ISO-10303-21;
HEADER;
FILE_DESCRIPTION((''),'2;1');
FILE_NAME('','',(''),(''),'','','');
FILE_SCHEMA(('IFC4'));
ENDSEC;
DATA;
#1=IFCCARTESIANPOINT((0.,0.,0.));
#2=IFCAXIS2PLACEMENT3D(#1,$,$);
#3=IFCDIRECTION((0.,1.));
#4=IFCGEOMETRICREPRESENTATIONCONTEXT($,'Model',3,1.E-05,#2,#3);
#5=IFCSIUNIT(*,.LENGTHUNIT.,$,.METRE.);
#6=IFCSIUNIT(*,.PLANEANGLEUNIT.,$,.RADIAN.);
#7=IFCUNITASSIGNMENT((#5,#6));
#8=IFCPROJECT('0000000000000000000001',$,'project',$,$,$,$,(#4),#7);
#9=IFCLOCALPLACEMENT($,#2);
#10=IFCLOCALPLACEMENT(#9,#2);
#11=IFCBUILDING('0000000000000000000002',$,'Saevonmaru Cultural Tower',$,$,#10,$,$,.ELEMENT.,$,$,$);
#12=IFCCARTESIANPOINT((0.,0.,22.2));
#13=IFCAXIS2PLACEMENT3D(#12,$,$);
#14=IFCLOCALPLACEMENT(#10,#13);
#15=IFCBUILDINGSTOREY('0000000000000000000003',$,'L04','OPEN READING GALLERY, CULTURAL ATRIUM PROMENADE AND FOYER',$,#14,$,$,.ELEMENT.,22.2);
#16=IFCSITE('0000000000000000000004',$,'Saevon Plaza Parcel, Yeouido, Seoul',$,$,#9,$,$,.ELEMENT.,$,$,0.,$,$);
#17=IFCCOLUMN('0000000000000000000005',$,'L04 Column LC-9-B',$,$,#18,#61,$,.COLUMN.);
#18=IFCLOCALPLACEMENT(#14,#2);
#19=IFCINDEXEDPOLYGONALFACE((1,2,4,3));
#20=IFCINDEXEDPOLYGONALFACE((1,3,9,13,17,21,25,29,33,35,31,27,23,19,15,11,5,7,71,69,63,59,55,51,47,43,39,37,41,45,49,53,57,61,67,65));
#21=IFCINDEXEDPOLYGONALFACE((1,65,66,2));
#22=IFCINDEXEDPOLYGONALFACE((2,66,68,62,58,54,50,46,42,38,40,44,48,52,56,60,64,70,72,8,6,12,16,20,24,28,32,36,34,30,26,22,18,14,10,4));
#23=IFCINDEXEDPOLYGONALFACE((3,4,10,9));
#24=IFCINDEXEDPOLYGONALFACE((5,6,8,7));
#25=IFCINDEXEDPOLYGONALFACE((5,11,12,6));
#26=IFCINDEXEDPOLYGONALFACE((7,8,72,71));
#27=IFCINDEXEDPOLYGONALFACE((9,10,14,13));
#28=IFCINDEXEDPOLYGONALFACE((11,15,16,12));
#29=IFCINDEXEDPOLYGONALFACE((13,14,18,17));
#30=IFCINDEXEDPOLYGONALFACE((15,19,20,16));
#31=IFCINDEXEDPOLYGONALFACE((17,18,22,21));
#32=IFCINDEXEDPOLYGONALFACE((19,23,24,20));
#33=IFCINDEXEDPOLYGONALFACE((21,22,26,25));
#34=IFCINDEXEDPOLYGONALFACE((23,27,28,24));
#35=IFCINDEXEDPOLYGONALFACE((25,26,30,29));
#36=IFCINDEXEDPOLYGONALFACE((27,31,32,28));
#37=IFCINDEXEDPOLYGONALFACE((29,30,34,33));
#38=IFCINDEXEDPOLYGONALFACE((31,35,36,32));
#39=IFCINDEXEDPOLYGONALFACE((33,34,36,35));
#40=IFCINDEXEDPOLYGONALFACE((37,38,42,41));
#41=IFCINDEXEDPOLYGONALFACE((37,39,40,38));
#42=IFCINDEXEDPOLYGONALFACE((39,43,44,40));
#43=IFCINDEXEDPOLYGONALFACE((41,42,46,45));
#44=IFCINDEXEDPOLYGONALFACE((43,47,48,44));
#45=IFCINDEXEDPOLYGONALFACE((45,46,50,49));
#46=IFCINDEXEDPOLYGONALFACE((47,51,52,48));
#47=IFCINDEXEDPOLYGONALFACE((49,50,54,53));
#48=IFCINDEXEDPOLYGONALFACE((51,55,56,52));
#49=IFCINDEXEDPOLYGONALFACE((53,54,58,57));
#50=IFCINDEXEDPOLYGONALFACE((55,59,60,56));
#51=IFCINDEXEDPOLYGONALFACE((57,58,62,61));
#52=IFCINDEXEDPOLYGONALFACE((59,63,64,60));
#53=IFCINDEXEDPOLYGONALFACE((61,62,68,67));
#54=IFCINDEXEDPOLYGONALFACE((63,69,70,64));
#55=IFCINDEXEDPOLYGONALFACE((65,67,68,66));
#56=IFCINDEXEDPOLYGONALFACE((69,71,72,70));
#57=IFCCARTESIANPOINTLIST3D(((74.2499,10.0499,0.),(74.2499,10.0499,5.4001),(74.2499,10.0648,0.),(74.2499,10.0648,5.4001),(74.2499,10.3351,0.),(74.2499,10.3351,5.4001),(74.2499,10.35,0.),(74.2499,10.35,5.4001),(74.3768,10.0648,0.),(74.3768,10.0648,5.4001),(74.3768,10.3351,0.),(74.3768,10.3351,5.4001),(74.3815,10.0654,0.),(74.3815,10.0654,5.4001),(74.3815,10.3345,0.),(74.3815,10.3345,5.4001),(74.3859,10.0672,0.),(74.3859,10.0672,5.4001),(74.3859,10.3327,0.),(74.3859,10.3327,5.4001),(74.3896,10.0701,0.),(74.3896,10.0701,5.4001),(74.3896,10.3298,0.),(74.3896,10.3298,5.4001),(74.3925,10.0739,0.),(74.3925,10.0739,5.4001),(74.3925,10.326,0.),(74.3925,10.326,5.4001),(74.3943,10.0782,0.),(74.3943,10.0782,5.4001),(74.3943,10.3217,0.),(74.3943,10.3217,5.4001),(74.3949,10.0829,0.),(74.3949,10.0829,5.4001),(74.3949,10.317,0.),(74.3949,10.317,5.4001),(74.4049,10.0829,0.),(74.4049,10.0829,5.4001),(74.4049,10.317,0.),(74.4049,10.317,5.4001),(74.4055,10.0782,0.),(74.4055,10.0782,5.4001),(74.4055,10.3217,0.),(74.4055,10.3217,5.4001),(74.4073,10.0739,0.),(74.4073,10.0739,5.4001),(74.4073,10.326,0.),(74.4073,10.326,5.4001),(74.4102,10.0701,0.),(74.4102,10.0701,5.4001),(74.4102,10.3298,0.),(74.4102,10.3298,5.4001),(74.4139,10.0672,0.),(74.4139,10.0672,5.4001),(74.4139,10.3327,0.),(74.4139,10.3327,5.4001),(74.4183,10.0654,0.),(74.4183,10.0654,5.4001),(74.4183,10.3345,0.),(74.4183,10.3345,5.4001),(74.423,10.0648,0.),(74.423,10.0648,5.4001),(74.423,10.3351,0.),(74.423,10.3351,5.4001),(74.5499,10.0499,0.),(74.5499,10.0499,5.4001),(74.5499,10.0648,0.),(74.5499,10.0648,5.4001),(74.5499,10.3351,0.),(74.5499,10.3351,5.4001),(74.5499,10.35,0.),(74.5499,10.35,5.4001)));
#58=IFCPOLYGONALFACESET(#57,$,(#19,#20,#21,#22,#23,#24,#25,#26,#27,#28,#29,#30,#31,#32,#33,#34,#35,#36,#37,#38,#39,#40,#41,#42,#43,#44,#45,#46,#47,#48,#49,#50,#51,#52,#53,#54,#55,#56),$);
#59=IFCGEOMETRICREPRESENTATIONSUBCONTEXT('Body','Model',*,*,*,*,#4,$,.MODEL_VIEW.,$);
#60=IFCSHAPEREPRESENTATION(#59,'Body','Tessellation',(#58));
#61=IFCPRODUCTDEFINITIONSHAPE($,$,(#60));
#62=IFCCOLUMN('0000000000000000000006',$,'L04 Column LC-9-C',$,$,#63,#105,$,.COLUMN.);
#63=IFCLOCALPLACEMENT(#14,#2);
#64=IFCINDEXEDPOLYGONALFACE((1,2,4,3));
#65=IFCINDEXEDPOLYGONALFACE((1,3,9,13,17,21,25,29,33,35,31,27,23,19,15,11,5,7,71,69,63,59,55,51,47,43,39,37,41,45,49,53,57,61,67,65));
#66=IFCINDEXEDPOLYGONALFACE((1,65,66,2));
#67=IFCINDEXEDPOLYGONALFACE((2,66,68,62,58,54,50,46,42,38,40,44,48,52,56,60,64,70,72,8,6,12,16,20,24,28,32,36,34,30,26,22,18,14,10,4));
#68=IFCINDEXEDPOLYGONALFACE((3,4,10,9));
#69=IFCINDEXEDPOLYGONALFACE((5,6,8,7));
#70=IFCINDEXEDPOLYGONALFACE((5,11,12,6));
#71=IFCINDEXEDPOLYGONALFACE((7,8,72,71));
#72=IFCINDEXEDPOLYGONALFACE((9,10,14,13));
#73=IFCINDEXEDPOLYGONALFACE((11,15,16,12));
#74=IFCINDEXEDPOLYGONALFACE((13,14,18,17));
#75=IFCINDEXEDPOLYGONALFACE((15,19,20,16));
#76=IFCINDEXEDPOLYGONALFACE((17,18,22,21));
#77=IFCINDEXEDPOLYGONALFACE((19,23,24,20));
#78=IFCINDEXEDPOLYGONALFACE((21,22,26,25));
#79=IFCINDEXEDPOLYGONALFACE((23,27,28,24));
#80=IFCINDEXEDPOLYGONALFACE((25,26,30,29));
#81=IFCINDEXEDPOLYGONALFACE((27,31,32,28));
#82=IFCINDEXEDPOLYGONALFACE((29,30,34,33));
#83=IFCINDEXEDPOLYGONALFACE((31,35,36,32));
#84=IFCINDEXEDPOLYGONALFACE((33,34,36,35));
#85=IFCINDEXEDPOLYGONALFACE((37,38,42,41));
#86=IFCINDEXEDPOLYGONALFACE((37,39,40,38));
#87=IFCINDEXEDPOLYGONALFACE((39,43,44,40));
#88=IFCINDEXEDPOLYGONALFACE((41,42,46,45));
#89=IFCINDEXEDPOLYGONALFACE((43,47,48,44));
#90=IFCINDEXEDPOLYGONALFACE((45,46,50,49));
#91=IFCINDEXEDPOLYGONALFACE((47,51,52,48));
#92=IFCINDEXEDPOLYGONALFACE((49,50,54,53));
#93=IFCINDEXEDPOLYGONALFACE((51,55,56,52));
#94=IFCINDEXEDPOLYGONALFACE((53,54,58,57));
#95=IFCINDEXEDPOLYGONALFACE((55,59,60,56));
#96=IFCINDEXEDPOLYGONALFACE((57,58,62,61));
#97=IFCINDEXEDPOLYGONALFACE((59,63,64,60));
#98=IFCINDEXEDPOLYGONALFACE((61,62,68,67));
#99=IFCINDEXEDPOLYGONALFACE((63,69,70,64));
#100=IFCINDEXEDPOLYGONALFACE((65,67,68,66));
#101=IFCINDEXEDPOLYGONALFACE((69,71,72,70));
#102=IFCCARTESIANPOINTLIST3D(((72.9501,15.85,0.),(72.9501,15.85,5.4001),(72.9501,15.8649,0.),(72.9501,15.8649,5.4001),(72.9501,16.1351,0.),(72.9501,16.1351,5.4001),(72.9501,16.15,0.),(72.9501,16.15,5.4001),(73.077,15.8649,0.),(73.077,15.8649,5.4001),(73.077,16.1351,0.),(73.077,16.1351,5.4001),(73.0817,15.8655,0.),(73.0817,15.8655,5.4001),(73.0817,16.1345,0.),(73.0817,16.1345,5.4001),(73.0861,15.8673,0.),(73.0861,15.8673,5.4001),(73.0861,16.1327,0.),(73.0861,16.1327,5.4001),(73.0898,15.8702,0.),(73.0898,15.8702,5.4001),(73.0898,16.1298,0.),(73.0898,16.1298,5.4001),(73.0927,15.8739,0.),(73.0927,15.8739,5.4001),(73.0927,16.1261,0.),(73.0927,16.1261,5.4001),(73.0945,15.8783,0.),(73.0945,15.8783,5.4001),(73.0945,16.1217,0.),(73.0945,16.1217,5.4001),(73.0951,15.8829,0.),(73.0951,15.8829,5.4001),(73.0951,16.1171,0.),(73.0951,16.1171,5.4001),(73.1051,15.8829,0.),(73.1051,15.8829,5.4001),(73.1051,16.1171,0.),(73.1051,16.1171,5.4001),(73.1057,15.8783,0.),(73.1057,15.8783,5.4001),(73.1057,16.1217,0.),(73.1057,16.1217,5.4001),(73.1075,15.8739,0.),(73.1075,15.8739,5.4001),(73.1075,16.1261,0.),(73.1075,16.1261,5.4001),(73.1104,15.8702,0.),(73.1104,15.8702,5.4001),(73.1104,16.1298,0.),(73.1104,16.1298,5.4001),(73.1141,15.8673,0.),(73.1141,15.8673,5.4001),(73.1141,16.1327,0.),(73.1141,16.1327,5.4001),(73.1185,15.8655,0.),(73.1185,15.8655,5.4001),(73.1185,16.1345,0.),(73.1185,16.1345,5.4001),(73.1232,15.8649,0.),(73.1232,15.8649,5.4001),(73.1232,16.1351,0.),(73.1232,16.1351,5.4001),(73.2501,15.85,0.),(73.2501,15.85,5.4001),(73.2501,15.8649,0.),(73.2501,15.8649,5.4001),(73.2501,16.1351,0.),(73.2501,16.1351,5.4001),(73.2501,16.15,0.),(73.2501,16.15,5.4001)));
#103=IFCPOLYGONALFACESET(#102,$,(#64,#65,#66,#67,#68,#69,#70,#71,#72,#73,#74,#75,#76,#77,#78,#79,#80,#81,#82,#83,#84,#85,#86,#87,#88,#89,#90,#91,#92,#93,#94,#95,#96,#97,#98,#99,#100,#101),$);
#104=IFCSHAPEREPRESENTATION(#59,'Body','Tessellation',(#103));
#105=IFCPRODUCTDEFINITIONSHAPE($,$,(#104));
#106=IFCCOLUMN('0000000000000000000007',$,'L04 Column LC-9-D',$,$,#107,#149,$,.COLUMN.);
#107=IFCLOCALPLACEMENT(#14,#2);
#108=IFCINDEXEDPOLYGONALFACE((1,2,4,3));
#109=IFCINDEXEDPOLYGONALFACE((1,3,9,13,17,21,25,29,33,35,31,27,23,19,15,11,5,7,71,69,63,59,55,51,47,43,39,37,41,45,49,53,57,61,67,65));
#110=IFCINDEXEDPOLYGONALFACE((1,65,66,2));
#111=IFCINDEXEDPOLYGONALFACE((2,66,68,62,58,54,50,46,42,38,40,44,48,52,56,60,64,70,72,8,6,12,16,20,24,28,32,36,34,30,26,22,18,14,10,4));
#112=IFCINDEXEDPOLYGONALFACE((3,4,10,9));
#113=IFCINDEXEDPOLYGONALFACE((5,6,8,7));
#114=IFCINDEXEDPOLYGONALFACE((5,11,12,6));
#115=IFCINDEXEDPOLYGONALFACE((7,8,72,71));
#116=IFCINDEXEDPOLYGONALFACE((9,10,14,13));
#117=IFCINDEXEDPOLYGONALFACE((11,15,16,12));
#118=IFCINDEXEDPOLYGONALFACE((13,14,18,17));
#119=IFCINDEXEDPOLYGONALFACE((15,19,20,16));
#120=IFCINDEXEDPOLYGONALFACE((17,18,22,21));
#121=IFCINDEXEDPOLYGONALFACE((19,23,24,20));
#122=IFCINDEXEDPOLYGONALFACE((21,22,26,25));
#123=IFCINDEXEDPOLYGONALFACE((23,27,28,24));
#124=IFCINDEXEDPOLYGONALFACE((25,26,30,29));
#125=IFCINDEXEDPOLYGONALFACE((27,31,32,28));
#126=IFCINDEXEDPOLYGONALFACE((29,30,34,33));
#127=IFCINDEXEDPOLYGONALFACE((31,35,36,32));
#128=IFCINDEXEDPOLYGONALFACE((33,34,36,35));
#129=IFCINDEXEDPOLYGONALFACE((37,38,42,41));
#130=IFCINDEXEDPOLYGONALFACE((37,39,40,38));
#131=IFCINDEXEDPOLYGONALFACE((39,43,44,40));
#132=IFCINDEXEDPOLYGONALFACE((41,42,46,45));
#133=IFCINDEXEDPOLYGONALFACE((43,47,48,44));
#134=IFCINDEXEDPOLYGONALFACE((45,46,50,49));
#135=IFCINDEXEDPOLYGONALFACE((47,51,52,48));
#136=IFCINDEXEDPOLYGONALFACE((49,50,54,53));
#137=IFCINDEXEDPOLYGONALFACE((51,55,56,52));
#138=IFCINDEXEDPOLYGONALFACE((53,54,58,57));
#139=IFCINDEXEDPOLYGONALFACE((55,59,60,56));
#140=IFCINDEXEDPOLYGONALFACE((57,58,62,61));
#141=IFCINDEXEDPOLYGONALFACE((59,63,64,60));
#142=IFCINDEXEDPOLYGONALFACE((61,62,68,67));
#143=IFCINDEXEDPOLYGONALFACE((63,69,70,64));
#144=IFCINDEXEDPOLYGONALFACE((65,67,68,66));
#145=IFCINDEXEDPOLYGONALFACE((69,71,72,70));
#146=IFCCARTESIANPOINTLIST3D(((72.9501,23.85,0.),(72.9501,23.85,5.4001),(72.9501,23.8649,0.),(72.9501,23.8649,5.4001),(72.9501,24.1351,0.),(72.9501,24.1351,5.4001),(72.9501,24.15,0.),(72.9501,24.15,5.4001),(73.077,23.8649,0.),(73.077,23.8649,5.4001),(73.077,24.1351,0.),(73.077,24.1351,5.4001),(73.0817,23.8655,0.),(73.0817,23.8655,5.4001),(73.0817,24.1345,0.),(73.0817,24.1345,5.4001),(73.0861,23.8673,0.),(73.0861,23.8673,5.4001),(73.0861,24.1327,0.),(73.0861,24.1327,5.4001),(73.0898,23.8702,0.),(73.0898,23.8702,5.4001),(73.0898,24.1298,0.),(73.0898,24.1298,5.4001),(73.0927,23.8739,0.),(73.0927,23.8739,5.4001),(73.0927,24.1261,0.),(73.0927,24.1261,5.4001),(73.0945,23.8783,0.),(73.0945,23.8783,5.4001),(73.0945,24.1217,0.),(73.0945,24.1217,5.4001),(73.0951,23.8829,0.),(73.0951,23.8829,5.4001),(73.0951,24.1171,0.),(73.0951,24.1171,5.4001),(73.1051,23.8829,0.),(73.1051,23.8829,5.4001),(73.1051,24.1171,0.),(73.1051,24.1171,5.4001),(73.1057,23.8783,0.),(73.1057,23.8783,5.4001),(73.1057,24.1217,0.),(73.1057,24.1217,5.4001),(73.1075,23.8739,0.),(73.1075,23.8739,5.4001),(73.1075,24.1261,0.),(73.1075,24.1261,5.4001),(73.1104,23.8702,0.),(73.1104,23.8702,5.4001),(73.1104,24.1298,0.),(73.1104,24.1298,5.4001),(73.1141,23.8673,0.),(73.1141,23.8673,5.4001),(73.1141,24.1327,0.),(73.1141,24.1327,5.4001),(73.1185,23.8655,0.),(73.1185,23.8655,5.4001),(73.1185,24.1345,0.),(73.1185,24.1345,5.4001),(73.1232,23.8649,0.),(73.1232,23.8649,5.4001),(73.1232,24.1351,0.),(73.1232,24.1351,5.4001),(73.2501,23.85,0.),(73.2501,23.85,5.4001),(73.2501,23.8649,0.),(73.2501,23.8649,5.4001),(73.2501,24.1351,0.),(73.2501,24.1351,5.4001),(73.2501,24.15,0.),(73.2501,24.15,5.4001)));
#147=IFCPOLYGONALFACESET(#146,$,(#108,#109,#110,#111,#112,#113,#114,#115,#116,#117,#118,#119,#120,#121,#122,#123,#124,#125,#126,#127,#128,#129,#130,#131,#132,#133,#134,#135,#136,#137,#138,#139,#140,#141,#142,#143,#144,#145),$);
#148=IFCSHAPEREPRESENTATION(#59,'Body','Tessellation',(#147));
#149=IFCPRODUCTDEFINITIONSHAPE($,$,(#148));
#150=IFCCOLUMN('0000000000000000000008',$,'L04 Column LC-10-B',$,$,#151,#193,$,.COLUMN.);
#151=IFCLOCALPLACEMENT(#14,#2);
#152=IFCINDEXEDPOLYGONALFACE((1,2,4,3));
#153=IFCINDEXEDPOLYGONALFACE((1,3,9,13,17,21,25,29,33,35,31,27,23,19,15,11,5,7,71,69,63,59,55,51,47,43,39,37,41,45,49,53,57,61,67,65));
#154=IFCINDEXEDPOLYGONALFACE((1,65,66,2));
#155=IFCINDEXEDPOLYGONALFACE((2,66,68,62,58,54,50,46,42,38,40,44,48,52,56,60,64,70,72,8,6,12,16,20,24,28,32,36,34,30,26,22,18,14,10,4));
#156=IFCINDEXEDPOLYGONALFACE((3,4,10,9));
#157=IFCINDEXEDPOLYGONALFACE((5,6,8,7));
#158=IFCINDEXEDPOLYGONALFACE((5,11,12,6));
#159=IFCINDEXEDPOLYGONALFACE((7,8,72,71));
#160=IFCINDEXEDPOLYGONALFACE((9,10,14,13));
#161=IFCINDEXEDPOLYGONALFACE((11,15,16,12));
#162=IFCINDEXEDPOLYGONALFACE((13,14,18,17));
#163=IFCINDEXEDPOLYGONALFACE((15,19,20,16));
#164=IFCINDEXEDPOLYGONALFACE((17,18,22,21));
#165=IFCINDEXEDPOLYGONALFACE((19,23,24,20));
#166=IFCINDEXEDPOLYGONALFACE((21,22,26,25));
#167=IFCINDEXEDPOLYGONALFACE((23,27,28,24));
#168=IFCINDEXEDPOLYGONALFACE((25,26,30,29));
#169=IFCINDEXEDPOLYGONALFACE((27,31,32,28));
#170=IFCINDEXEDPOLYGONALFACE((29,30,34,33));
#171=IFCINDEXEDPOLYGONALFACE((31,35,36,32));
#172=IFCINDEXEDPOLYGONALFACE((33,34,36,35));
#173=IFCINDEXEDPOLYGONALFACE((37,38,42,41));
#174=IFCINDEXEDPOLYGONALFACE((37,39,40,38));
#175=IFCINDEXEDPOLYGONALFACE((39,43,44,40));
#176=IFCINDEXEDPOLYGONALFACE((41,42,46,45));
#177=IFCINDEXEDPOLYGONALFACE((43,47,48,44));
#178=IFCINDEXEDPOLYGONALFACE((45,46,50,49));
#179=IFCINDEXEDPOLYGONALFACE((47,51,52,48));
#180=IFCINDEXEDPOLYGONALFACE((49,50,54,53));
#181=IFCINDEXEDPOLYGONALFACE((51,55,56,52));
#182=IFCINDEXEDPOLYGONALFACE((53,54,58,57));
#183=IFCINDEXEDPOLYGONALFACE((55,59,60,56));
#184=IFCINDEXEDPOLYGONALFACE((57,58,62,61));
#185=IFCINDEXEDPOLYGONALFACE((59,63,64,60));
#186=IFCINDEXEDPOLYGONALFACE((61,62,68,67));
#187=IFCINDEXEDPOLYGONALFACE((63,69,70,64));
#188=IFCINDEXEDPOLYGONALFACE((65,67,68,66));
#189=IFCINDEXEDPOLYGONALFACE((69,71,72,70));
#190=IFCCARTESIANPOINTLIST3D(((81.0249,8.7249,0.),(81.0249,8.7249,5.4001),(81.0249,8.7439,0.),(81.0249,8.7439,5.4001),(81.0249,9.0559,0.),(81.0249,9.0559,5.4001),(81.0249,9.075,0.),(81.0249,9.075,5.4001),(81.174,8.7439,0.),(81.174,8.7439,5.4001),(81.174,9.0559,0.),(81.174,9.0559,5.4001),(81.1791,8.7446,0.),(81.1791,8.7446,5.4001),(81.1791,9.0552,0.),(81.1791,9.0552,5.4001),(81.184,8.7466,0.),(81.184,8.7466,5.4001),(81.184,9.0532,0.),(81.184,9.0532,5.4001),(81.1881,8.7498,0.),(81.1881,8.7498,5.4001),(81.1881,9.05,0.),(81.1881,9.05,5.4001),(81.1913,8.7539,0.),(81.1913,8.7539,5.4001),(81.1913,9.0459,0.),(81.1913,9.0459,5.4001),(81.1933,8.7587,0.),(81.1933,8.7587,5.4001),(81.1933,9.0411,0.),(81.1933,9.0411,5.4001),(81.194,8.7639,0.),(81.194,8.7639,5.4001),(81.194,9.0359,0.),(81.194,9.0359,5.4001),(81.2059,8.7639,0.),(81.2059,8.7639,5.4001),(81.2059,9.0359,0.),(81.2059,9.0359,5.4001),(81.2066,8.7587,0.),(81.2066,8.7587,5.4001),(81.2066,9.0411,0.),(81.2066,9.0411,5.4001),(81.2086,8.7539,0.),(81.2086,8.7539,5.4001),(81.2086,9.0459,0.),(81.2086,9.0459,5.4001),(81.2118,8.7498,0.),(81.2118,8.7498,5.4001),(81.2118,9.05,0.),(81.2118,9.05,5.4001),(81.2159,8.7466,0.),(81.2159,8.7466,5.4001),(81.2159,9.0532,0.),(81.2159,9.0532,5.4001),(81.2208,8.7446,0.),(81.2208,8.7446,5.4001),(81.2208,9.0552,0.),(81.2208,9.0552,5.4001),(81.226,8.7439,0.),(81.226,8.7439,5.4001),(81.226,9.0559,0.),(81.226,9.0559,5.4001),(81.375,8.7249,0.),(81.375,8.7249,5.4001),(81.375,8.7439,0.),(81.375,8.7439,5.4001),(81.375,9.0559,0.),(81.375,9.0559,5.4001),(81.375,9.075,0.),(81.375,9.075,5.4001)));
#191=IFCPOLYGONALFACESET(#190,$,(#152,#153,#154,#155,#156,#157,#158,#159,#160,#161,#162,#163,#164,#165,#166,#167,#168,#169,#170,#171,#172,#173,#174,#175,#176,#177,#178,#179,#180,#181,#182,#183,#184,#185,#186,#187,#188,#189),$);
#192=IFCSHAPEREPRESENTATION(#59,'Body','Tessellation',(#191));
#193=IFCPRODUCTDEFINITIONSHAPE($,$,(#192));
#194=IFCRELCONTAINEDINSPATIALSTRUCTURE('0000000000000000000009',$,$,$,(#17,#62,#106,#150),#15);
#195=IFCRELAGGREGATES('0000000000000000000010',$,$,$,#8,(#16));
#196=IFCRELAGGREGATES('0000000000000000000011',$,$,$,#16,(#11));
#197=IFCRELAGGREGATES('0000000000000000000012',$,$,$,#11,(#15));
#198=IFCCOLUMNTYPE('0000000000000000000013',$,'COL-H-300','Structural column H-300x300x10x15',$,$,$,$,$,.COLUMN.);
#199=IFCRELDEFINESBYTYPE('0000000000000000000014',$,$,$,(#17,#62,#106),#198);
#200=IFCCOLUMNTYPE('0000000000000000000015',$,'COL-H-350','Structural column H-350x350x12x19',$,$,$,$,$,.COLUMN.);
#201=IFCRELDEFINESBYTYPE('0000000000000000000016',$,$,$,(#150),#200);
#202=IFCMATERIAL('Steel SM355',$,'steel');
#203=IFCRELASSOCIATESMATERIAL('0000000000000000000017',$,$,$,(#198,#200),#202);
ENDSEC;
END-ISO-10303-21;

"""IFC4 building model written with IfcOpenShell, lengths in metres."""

from ifc_helpers import new_model, si_unit, direction, frame, origin, origin_2d, place, context, subcontext, project, spatial, i_section, extrude, material, material_profile, profile_set, type_object, element, save


model = new_model("IFC4")

# Units and contexts
model_context = context("Model", 3, precision=1e-05, world=origin(), true_north=direction((0.0, 1.0)))
body_context = subcontext(model_context, "Body", "Model", "MODEL_VIEW")
ifc_project = project(units=[si_unit("LENGTHUNIT", "METRE"), si_unit("PLANEANGLEUNIT", "RADIAN")], contexts=[model_context])

# Site, building, storey
site_placement = place(None, origin())
site = spatial("IfcSite", under=ifc_project, at=site_placement, Name="Saevon Plaza Parcel, Yeouido, Seoul", CompositionType="ELEMENT", RefElevation=0.0)
building_placement = place(site_placement, origin())
building = spatial("IfcBuilding", under=site, at=building_placement, Name="Saevonmaru Cultural Tower", CompositionType="ELEMENT")
storey_placement = place(building_placement, frame((0.0, 0.0, 22.2)))
storey = spatial("IfcBuildingStorey", under=building, at=storey_placement, Name="L04", Description="OPEN READING GALLERY, CULTURAL ATRIUM PROMENADE AND FOYER", CompositionType="ELEMENT", Elevation=22.2)

# Columns
ifc_material_1 = material(Name="Steel SM355", Category="steel")
ifc_material_profile_1 = material_profile(ifc_material_1, i_section(OverallWidth=0.3, OverallDepth=0.3, WebThickness=0.01, FlangeThickness=0.0149, FilletRadius=0.0181, at=origin_2d()), Name="H-300x300x10x15")
ifc_profile_set_1 = profile_set([ifc_material_profile_1], Name="Steel SM355")
column_type_1 = type_object("IfcColumnType", Name="COL-H-300", Description="Structural column H-300x300x10x15", PredefinedType="COLUMN", material=ifc_profile_set_1)
for number, where, z_axis, x_axis, name in (
    (1, (74.3999, 10.2, 0.0), (0.0, 0.0, 1.0), (1.0, 0.0, 0.0), "L04 Column LC-9-B"),
    (2, (73.1001, 16.0, 0.0), (0.0, 0.0, 1.0), (1.0, 0.0, 0.0), "L04 Column LC-9-C"),
    (3, (73.1001, 24.0, 0.0), (0.0, 0.0, 1.0), (1.0, 0.0, 0.0), "L04 Column LC-9-D"),
):
    element("IfcColumn", number, at=place(storey_placement, frame(where, z_axis=z_axis, x_axis=x_axis)), inside=storey, type_object=column_type_1, Name=name, PredefinedType="COLUMN", context=body_context, shape_type="SweptSolid", body=[
        extrude(i_section(OverallWidth=0.3, OverallDepth=0.3, WebThickness=0.01, FlangeThickness=0.0149, FilletRadius=0.0181, at=origin_2d()), origin(), (0.0, 0.0, 1.0), 5.4001),
    ])
ifc_material_profile_2 = material_profile(ifc_material_1, i_section(OverallWidth=0.3501, OverallDepth=0.3501, WebThickness=0.012, FlangeThickness=0.019, FilletRadius=0.02, at=origin_2d()), Name="H-350x350x12x19")
ifc_profile_set_2 = profile_set([ifc_material_profile_2], Name="Steel SM355")
column_type_2 = type_object("IfcColumnType", Name="COL-H-350", Description="Structural column H-350x350x12x19", PredefinedType="COLUMN", material=ifc_profile_set_2)
for number, where, z_axis, x_axis, name in (
    (4, (81.2, 8.8999, 0.0), (0.0, 0.0, 1.0), (1.0, 0.0, 0.0), "L04 Column LC-10-B"),
):
    element("IfcColumn", number, at=place(storey_placement, frame(where, z_axis=z_axis, x_axis=x_axis)), inside=storey, type_object=column_type_2, Name=name, PredefinedType="COLUMN", context=body_context, shape_type="SweptSolid", body=[
        extrude(i_section(OverallWidth=0.3501, OverallDepth=0.3501, WebThickness=0.012, FlangeThickness=0.019, FilletRadius=0.02, at=origin_2d()), origin(), (0.0, 0.0, 1.0), 5.4001),
    ])

save(model, "model.ifc")
